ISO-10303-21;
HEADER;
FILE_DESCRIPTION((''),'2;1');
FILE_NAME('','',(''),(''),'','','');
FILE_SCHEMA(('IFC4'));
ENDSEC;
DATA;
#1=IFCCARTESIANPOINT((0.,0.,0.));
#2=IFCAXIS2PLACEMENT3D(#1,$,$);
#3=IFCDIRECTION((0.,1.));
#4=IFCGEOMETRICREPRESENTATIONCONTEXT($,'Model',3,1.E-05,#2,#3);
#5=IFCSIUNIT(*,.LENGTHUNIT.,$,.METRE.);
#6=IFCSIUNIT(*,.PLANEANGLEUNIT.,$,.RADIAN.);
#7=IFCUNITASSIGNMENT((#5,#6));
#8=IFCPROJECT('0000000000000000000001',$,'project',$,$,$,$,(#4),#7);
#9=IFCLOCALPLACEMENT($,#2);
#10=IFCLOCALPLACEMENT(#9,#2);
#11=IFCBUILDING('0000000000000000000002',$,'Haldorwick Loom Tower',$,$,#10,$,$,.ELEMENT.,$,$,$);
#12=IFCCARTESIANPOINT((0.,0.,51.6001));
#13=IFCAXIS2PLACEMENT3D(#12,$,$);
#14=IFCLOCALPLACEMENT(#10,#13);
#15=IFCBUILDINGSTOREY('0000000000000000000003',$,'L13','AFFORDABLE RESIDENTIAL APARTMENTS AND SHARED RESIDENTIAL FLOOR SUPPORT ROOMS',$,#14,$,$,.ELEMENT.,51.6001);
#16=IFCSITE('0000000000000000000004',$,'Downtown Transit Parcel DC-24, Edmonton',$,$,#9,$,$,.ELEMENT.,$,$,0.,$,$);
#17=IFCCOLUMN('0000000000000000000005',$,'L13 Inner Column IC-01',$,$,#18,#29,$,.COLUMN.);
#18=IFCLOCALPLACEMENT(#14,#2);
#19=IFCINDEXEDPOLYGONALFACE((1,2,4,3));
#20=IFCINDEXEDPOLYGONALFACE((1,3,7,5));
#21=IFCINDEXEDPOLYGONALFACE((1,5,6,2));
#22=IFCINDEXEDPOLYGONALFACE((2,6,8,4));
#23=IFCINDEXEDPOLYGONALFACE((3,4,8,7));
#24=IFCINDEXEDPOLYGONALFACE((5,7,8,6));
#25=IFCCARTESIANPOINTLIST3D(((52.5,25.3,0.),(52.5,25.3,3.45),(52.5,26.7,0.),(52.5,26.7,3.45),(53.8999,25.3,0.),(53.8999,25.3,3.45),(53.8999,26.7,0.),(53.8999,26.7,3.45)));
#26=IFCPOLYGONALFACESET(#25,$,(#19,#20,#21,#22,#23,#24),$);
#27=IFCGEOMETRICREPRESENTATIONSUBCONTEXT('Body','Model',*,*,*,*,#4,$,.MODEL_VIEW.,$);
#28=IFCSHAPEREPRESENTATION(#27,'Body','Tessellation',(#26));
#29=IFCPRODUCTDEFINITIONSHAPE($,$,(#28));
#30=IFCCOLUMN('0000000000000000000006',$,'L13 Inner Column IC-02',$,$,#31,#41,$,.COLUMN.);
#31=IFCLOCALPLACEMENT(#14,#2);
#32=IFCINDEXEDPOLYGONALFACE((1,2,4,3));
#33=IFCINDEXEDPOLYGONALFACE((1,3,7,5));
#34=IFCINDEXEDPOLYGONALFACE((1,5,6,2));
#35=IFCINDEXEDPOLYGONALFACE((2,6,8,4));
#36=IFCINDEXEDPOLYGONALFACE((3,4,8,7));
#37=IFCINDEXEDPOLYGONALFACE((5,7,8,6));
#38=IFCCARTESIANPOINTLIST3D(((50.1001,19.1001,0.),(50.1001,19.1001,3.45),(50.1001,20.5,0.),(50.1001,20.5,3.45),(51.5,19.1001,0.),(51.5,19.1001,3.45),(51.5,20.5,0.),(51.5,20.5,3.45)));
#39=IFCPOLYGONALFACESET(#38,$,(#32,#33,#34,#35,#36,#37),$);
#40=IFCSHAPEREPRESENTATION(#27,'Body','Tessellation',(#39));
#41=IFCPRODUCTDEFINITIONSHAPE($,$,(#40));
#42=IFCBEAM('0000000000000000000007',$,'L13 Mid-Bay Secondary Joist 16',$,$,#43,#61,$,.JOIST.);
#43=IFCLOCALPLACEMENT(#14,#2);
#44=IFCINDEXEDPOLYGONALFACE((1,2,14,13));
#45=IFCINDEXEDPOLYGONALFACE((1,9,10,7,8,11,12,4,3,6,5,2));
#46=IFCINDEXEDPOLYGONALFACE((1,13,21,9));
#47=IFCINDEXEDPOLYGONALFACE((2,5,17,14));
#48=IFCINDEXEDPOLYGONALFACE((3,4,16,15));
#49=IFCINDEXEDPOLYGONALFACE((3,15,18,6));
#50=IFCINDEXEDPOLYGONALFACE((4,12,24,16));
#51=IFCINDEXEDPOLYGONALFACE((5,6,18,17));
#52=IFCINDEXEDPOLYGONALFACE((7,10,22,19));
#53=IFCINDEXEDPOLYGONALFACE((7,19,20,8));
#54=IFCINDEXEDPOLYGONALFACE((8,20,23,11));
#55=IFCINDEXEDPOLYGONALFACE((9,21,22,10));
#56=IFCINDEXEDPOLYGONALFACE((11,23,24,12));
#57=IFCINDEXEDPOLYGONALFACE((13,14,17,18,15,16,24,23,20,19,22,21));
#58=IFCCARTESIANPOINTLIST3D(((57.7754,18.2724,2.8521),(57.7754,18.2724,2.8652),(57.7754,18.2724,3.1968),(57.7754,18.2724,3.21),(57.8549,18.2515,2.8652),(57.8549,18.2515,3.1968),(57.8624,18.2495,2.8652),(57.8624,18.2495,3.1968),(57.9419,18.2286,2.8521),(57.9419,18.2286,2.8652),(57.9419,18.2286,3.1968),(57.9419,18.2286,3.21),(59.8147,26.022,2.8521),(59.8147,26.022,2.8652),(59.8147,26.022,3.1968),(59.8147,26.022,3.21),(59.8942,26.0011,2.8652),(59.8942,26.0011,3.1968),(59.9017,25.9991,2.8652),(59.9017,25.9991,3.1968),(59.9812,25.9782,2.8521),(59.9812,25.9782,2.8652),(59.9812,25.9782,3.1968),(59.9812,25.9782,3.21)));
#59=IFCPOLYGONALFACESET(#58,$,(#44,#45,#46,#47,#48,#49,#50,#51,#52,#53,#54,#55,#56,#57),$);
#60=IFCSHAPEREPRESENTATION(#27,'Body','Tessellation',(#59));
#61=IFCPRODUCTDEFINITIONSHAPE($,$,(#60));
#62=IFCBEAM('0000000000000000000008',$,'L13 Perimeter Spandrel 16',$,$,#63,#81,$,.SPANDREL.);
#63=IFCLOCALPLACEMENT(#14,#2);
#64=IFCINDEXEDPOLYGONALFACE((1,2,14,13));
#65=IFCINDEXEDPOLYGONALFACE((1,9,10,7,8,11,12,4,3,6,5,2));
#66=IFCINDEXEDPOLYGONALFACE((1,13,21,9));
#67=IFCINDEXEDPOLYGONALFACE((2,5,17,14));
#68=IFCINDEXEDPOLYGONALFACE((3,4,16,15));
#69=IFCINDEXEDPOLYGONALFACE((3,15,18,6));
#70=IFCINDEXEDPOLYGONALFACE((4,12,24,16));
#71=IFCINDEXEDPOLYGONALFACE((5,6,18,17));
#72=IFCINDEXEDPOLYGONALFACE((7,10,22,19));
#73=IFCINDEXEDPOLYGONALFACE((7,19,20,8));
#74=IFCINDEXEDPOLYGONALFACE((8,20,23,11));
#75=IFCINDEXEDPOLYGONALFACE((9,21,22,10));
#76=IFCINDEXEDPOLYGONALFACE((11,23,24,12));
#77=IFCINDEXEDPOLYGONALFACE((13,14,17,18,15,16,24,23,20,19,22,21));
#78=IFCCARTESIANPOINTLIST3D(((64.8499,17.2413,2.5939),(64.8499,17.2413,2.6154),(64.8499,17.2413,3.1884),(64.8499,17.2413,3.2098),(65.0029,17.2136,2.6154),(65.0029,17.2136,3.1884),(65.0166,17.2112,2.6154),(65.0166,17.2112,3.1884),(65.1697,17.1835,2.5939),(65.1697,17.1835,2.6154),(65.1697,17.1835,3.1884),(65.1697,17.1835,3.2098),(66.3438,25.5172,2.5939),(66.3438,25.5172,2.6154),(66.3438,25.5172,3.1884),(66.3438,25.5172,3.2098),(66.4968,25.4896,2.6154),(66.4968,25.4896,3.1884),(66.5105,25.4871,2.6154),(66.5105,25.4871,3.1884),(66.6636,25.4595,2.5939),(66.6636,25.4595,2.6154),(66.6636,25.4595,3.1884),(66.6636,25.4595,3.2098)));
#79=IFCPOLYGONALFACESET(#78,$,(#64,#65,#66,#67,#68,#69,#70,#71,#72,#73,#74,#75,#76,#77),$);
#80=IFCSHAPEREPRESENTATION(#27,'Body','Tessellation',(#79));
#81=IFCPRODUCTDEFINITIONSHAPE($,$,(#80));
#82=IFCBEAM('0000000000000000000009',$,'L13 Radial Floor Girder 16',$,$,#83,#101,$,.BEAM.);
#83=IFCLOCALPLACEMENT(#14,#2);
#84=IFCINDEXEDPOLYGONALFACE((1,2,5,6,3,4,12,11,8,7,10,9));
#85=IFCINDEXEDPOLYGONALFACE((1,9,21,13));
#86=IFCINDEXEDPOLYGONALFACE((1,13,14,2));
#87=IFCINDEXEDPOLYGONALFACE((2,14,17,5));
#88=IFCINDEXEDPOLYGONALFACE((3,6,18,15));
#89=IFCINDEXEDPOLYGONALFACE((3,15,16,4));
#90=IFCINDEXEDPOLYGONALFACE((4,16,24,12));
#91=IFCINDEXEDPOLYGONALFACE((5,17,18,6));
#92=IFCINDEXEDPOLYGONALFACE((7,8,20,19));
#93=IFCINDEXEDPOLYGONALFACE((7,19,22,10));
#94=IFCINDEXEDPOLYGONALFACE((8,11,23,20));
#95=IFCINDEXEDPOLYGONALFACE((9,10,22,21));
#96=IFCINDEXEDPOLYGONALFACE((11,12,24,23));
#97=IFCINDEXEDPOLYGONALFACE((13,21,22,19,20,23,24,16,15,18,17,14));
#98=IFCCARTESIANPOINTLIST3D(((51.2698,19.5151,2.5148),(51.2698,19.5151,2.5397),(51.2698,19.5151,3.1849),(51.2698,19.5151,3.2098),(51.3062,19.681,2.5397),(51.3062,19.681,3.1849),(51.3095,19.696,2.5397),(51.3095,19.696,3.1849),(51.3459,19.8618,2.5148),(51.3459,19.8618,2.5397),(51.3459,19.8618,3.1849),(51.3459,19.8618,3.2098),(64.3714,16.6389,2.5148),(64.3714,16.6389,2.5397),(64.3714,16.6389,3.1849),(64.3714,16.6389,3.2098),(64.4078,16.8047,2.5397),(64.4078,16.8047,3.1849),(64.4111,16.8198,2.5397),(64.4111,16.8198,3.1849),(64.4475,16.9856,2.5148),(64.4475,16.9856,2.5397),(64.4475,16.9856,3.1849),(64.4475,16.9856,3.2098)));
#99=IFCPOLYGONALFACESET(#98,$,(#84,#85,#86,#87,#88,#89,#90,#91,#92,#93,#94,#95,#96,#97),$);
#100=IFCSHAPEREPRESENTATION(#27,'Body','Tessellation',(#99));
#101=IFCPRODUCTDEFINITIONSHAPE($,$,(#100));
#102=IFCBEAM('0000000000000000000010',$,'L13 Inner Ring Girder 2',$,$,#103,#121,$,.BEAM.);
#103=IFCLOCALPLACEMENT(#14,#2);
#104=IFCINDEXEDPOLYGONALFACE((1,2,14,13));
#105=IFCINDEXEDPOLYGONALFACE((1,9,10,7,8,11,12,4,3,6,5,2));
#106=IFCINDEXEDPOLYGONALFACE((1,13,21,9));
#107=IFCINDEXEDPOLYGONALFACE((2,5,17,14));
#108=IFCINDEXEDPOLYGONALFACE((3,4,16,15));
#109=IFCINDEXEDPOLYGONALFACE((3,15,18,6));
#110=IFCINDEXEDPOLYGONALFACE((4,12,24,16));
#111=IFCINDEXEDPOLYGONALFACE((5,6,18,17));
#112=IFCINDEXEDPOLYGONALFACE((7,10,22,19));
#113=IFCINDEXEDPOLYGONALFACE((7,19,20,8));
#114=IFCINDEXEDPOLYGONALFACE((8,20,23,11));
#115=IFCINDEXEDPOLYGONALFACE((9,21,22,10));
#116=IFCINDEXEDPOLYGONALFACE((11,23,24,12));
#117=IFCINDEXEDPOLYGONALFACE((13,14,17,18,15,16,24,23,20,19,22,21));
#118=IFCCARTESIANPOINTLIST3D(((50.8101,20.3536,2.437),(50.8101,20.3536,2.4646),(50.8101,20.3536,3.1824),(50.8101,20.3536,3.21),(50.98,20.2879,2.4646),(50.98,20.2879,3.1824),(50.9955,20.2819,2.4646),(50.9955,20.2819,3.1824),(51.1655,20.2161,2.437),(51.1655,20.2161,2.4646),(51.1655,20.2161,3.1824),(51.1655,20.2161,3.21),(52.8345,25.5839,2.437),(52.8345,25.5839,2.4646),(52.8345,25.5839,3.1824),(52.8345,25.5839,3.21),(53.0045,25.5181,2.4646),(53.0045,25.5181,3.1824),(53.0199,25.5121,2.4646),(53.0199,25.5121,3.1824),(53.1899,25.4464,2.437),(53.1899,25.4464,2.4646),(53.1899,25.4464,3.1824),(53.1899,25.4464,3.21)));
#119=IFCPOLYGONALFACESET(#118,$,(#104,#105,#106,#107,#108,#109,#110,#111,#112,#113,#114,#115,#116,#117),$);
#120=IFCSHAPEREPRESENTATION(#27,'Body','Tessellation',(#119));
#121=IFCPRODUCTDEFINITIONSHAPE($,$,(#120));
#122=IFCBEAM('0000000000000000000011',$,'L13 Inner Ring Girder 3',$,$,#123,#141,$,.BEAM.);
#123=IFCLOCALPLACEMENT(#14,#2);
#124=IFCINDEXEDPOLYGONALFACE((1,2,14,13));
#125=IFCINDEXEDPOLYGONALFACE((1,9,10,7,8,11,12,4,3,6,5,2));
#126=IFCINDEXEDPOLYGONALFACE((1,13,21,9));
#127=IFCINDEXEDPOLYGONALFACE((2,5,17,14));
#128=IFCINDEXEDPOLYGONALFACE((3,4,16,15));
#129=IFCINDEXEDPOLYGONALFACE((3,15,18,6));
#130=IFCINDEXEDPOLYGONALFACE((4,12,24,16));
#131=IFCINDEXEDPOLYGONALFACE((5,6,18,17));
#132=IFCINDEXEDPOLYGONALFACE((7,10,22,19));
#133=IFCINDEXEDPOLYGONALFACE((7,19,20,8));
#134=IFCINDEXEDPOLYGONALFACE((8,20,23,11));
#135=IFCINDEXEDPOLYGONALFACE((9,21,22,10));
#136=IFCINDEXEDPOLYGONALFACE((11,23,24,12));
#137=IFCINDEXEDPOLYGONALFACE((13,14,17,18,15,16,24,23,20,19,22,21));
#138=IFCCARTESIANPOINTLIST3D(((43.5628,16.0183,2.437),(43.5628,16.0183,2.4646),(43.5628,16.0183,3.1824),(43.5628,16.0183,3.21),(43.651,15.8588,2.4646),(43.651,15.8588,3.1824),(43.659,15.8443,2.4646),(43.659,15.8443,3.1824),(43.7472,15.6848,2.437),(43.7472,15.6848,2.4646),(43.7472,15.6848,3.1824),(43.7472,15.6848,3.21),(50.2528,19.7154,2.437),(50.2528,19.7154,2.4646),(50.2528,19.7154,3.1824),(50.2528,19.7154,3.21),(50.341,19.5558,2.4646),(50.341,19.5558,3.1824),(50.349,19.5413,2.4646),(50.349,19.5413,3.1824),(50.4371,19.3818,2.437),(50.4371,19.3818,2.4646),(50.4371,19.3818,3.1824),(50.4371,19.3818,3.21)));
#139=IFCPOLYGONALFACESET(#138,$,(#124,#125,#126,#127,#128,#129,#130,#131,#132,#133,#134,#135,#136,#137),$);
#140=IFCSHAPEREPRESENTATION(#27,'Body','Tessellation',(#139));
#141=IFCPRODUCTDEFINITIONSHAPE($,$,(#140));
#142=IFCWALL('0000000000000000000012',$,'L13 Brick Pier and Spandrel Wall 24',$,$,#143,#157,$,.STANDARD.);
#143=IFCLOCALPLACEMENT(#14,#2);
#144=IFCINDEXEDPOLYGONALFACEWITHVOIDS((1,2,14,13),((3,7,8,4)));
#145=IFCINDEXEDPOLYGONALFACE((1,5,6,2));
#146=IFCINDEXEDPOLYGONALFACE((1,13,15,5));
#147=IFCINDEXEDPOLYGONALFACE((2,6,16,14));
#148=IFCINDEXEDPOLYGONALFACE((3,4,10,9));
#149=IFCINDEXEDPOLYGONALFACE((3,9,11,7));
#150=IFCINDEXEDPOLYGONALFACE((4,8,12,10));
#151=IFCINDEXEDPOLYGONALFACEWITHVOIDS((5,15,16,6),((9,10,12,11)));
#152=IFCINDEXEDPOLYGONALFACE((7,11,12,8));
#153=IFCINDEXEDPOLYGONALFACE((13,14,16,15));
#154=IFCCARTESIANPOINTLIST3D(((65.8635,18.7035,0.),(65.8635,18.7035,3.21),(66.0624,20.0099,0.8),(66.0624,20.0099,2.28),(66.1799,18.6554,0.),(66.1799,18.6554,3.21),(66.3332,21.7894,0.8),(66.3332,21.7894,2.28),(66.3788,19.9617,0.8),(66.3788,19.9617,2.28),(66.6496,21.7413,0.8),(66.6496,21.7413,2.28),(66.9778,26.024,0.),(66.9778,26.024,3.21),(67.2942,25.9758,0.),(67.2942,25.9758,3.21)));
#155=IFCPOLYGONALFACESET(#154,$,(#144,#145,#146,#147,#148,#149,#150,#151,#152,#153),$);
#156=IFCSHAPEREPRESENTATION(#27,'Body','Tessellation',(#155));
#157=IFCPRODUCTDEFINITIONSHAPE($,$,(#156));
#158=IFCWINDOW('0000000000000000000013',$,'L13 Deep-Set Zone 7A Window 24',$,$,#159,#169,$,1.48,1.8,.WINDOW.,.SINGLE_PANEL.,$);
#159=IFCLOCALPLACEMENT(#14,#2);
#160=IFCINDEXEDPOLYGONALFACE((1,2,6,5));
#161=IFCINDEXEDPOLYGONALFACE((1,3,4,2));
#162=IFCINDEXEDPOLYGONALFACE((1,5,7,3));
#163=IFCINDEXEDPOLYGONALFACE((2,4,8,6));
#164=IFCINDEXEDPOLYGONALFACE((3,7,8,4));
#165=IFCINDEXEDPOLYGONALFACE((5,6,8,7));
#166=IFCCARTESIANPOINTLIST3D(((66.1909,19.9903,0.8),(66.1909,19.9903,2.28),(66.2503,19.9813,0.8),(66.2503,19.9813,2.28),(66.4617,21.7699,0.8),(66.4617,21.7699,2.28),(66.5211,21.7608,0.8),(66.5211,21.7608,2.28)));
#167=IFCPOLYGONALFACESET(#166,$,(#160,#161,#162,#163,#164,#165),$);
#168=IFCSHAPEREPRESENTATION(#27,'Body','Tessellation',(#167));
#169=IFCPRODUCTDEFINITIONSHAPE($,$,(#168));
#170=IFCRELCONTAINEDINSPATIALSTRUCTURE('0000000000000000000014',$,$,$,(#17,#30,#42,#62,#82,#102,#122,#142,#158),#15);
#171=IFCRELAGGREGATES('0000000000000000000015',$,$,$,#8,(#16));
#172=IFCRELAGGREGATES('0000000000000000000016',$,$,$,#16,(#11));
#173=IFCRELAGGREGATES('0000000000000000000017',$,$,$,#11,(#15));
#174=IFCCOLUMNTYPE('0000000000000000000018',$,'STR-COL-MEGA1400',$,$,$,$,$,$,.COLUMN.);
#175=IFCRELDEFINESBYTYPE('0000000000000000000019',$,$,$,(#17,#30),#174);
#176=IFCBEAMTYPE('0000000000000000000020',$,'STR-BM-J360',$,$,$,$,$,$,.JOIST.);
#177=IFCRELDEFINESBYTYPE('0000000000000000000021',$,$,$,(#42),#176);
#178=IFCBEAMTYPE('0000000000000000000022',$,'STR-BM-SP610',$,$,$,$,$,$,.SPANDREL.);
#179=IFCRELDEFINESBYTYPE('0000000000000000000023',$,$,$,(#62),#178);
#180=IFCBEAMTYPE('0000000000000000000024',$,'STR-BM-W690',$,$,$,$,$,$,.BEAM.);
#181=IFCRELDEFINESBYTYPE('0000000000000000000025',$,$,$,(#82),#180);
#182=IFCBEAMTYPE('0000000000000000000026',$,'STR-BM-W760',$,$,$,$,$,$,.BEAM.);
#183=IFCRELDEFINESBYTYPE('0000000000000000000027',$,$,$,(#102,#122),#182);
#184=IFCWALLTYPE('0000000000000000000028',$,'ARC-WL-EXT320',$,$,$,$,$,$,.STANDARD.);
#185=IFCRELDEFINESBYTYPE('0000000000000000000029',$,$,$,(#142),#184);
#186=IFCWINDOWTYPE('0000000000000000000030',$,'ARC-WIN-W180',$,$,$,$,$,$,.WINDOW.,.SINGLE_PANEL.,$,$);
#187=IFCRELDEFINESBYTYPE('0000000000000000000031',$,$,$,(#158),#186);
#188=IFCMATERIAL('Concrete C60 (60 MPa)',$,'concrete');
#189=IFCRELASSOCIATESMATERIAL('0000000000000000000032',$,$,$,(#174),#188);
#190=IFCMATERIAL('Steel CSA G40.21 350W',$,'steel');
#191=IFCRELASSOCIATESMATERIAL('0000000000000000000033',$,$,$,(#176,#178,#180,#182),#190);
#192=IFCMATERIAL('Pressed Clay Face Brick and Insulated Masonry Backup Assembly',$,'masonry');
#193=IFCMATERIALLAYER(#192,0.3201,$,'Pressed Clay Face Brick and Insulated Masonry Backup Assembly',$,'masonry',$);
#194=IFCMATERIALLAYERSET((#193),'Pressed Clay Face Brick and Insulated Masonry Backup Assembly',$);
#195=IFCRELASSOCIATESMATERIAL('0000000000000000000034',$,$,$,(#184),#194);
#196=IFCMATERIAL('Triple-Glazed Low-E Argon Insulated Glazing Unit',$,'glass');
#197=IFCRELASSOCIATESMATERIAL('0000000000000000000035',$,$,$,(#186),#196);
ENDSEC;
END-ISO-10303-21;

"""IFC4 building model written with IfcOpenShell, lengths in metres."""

from ifc_helpers import new_model, si_unit, direction, frame, frame_2d, origin, origin_2d, place, context, subcontext, project, spatial, rectangle, i_section, extrude, material, layer, layer_set, material_profile, profile_set, type_object, element, fill, save


model = new_model("IFC4")

# Units and contexts
model_context = context("Model", 3, precision=1e-05, world=origin(), true_north=direction((0.0, 1.0)))
body_context = subcontext(model_context, "Body", "Model", "MODEL_VIEW")
ifc_project = project(units=[si_unit("LENGTHUNIT", "METRE"), si_unit("PLANEANGLEUNIT", "RADIAN")], contexts=[model_context])

# Site, building, storey
site_placement = place(None, origin())
site = spatial("IfcSite", under=ifc_project, at=site_placement, Name="Downtown Transit Parcel DC-24, Edmonton", CompositionType="ELEMENT", RefElevation=0.0)
building_placement = place(site_placement, origin())
building = spatial("IfcBuilding", under=site, at=building_placement, Name="Haldorwick Loom Tower", CompositionType="ELEMENT")
storey_placement = place(building_placement, frame((0.0, 0.0, 51.6001)))
storey = spatial("IfcBuildingStorey", under=building, at=storey_placement, Name="L13", Description="AFFORDABLE RESIDENTIAL APARTMENTS AND SHARED RESIDENTIAL FLOOR SUPPORT ROOMS", CompositionType="ELEMENT", Elevation=51.6001)

# Columns
ifc_material_1 = material(Name="Concrete C60 (60 MPa)", Category="concrete")
ifc_material_profile_1 = material_profile(ifc_material_1, rectangle(XDim=1.3999, YDim=1.3999, at=origin_2d()), Name="RC1400X1400", Category="concrete")
ifc_profile_set_1 = profile_set([ifc_material_profile_1], Name="Concrete C60 (60 MPa)")
column_type = type_object("IfcColumnType", Name="STR-COL-MEGA1400", PredefinedType="COLUMN", material=ifc_profile_set_1)
for number, where, z_axis, x_axis, name in (
    (1, (53.2, 26.0, 0.0), (0.0, 0.0, 1.0), (1.0, 0.0, 0.0), "L13 Inner Column IC-01"),
    (2, (50.8, 19.8, 0.0), (0.0, 0.0, 1.0), (1.0, 0.0, 0.0), "L13 Inner Column IC-02"),
):
    element("IfcColumn", number, at=place(storey_placement, frame(where, z_axis=z_axis, x_axis=x_axis)), inside=storey, type_object=column_type, Name=name, PredefinedType="COLUMN", context=body_context, shape_type="SweptSolid", body=[
        extrude(rectangle(XDim=1.3999, YDim=1.3999, at=origin_2d()), origin(), (0.0, 0.0, 1.0), 3.45),
    ])

# Beams
ifc_material_2 = material(Name="Steel CSA G40.21 350W", Category="steel")
ifc_material_profile_2 = material_profile(ifc_material_2, i_section(OverallWidth=0.1721, OverallDepth=0.3579, WebThickness=0.0078, FlangeThickness=0.0132, at=origin_2d()), Name="W360X57", Category="steel")
ifc_profile_set_2 = profile_set([ifc_material_profile_2], Name="Steel CSA G40.21 350W")
beam_type_1 = type_object("IfcBeamType", Name="STR-BM-J360", PredefinedType="JOIST", material=ifc_profile_set_2)
beam_1_placement = place(storey_placement, frame((57.8586, 18.2505, 3.031), z_axis=(0.254489, 0.967076, 0.0), x_axis=(-0.967076, 0.254489, 0.0)))
element("IfcBeam", 3, at=beam_1_placement, inside=storey, type_object=beam_type_1, Name="L13 Mid-Bay Secondary Joist 16", PredefinedType="JOIST", context=body_context, shape_type="SweptSolid", body=[
    extrude(i_section(OverallWidth=0.1721, OverallDepth=0.3579, WebThickness=0.0078, FlangeThickness=0.0132, at=origin_2d()), origin(), (0.0, 0.0, 1.0), 8.0134),
])
ifc_material_profile_3 = material_profile(ifc_material_2, i_section(OverallWidth=0.325, OverallDepth=0.616, WebThickness=0.0139, FlangeThickness=0.0215, at=origin_2d()), Name="W610X174", Category="steel")
ifc_profile_set_3 = profile_set([ifc_material_profile_3], Name="Steel CSA G40.21 350W")
beam_type_2 = type_object("IfcBeamType", Name="STR-BM-SP610", PredefinedType="SPANDREL", material=ifc_profile_set_3)
beam_2_placement = place(storey_placement, frame((65.0098, 17.2124, 2.9019), z_axis=(0.177641, 0.984095, 0.0), x_axis=(-0.984095, 0.177641, 0.0)))
element("IfcBeam", 4, at=beam_2_placement, inside=storey, type_object=beam_type_2, Name="L13 Perimeter Spandrel 16", PredefinedType="SPANDREL", context=body_context, shape_type="SweptSolid", body=[
    extrude(i_section(OverallWidth=0.325, OverallDepth=0.616, WebThickness=0.0139, FlangeThickness=0.0215, at=origin_2d()), origin(), (0.0, 0.0, 1.0), 8.4097),
])
ifc_material_profile_4 = material_profile(ifc_material_2, i_section(OverallWidth=0.355, OverallDepth=0.6951, WebThickness=0.0154, FlangeThickness=0.0249, at=origin_2d()), Name="W690X217", Category="steel")
ifc_profile_set_4 = profile_set([ifc_material_profile_4], Name="Steel CSA G40.21 350W")
beam_type_3 = type_object("IfcBeamType", Name="STR-BM-W690", PredefinedType="BEAM", material=ifc_profile_set_4)
beam_3_placement = place(storey_placement, frame((51.3079, 19.6885, 2.8623), z_axis=(0.97674, -0.214426, 0.0), x_axis=(0.214426, 0.97674, 0.0)))
element("IfcBeam", 5, at=beam_3_placement, inside=storey, type_object=beam_type_3, Name="L13 Radial Floor Girder 16", PredefinedType="BEAM", context=body_context, shape_type="SweptSolid", body=[
    extrude(i_section(OverallWidth=0.355, OverallDepth=0.6951, WebThickness=0.0154, FlangeThickness=0.0249, at=origin_2d()), origin(), (0.0, 0.0, 1.0), 13.4136),
])
ifc_material_profile_5 = material_profile(ifc_material_2, i_section(OverallWidth=0.3811, OverallDepth=0.7729, WebThickness=0.0166, FlangeThickness=0.0276, at=origin_2d()), Name="W760X257", Category="steel")
ifc_profile_set_5 = profile_set([ifc_material_profile_5], Name="Steel CSA G40.21 350W")
beam_type_4 = type_object("IfcBeamType", Name="STR-BM-W760", PredefinedType="BEAM", material=ifc_profile_set_5)
beam_4_placement = place(storey_placement, frame((53.0122, 25.5151, 2.8235), z_axis=(-0.360965, -0.932579, 0.0), x_axis=(0.932579, -0.360965, 0.0)))
element("IfcBeam", 6, at=beam_4_placement, inside=storey, type_object=beam_type_4, Name="L13 Inner Ring Girder 2", PredefinedType="BEAM", context=body_context, shape_type="SweptSolid", body=[
    extrude(i_section(OverallWidth=0.3811, OverallDepth=0.7729, WebThickness=0.0166, FlangeThickness=0.0276, at=origin_2d()), origin(), (0.0, 0.0, 1.0), 5.6084),
])
beam_5_placement = place(storey_placement, frame((50.345, 19.5486, 2.8235), z_axis=(-0.875244, -0.483681, 0.0), x_axis=(0.483681, -0.875244, 0.0)))
element("IfcBeam", 7, at=beam_5_placement, inside=storey, type_object=beam_type_4, Name="L13 Inner Ring Girder 3", PredefinedType="BEAM", context=body_context, shape_type="SweptSolid", body=[
    extrude(i_section(OverallWidth=0.3811, OverallDepth=0.7729, WebThickness=0.0166, FlangeThickness=0.0276, at=origin_2d()), origin(), (0.0, 0.0, 1.0), 7.6436),
])

# Wall, opening, window
ifc_material_3 = material(Name="Pressed Clay Face Brick and Insulated Masonry Backup Assembly", Category="masonry")
ifc_layer_1 = layer(ifc_material_3, 0.3201, Name="Pressed Clay Face Brick and Insulated Masonry Backup Assembly", Category="masonry")
ifc_layer_set_1 = layer_set([ifc_layer_1], Name="Pressed Clay Face Brick and Insulated Masonry Backup Assembly")
wall_type_1 = type_object("IfcWallType", Name="ARC-WL-EXT320", PredefinedType="STANDARD", material=ifc_layer_set_1)
wall_1_placement = place(storey_placement, frame((66.0217, 18.6794, 0.0), z_axis=(0.0, 0.0, 1.0), x_axis=(0.150476, 0.988614, 0.0)))
wall_1 = element("IfcWall", 8, at=wall_1_placement, inside=storey, type_object=wall_type_1, Name="L13 Brick Pier and Spandrel Wall 24", PredefinedType="STANDARD", context=body_context, shape_type="SweptSolid", body=[
    extrude(rectangle(XDim=7.4048, YDim=0.3201, at=frame_2d((3.7024, 0.0))), origin(), (0.0, 0.0, 1.0), 3.21),
])
opening_1_placement = place(wall_1_placement, frame((1.3215, 0.0, 0.8)))
opening_1 = element("IfcOpeningElement", 9, at=opening_1_placement, cuts=wall_1, PredefinedType="OPENING", context=body_context, shape_type="SweptSolid", body=[
    extrude(rectangle(XDim=1.8, YDim=1.48, at=frame_2d((0.8999, 0.74))), frame((0.0, 0.1699, 0.0), z_axis=(0.0, -1.0, 0.0), x_axis=(1.0, 0.0, 0.0)), (0.0, 0.0, 1.0), 0.3401),
])
ifc_material_4 = material(Name="Triple-Glazed Low-E Argon Insulated Glazing Unit", Category="glass")
window_type = type_object("IfcWindowType", Name="ARC-WIN-W180", PartitioningType="SINGLE_PANEL", PredefinedType="WINDOW", material=ifc_material_4)
window_placement = place(opening_1_placement, origin())
window = element("IfcWindow", 10, at=window_placement, inside=storey, type_object=window_type, Name="L13 Deep-Set Zone 7A Window 24", OverallHeight=1.48, OverallWidth=1.8, PartitioningType="SINGLE_PANEL", PredefinedType="WINDOW", context=body_context, shape_type="SweptSolid", body=[
    extrude(rectangle(XDim=1.8, YDim=1.48, at=frame_2d((0.8999, 0.74))), frame((0.0, 0.03, 0.0), z_axis=(0.0, -1.0, 0.0), x_axis=(1.0, 0.0, 0.0)), (0.0, 0.0, 1.0), 0.0601),
])
fill(opening_1, window)

save(model, "model.ifc")
